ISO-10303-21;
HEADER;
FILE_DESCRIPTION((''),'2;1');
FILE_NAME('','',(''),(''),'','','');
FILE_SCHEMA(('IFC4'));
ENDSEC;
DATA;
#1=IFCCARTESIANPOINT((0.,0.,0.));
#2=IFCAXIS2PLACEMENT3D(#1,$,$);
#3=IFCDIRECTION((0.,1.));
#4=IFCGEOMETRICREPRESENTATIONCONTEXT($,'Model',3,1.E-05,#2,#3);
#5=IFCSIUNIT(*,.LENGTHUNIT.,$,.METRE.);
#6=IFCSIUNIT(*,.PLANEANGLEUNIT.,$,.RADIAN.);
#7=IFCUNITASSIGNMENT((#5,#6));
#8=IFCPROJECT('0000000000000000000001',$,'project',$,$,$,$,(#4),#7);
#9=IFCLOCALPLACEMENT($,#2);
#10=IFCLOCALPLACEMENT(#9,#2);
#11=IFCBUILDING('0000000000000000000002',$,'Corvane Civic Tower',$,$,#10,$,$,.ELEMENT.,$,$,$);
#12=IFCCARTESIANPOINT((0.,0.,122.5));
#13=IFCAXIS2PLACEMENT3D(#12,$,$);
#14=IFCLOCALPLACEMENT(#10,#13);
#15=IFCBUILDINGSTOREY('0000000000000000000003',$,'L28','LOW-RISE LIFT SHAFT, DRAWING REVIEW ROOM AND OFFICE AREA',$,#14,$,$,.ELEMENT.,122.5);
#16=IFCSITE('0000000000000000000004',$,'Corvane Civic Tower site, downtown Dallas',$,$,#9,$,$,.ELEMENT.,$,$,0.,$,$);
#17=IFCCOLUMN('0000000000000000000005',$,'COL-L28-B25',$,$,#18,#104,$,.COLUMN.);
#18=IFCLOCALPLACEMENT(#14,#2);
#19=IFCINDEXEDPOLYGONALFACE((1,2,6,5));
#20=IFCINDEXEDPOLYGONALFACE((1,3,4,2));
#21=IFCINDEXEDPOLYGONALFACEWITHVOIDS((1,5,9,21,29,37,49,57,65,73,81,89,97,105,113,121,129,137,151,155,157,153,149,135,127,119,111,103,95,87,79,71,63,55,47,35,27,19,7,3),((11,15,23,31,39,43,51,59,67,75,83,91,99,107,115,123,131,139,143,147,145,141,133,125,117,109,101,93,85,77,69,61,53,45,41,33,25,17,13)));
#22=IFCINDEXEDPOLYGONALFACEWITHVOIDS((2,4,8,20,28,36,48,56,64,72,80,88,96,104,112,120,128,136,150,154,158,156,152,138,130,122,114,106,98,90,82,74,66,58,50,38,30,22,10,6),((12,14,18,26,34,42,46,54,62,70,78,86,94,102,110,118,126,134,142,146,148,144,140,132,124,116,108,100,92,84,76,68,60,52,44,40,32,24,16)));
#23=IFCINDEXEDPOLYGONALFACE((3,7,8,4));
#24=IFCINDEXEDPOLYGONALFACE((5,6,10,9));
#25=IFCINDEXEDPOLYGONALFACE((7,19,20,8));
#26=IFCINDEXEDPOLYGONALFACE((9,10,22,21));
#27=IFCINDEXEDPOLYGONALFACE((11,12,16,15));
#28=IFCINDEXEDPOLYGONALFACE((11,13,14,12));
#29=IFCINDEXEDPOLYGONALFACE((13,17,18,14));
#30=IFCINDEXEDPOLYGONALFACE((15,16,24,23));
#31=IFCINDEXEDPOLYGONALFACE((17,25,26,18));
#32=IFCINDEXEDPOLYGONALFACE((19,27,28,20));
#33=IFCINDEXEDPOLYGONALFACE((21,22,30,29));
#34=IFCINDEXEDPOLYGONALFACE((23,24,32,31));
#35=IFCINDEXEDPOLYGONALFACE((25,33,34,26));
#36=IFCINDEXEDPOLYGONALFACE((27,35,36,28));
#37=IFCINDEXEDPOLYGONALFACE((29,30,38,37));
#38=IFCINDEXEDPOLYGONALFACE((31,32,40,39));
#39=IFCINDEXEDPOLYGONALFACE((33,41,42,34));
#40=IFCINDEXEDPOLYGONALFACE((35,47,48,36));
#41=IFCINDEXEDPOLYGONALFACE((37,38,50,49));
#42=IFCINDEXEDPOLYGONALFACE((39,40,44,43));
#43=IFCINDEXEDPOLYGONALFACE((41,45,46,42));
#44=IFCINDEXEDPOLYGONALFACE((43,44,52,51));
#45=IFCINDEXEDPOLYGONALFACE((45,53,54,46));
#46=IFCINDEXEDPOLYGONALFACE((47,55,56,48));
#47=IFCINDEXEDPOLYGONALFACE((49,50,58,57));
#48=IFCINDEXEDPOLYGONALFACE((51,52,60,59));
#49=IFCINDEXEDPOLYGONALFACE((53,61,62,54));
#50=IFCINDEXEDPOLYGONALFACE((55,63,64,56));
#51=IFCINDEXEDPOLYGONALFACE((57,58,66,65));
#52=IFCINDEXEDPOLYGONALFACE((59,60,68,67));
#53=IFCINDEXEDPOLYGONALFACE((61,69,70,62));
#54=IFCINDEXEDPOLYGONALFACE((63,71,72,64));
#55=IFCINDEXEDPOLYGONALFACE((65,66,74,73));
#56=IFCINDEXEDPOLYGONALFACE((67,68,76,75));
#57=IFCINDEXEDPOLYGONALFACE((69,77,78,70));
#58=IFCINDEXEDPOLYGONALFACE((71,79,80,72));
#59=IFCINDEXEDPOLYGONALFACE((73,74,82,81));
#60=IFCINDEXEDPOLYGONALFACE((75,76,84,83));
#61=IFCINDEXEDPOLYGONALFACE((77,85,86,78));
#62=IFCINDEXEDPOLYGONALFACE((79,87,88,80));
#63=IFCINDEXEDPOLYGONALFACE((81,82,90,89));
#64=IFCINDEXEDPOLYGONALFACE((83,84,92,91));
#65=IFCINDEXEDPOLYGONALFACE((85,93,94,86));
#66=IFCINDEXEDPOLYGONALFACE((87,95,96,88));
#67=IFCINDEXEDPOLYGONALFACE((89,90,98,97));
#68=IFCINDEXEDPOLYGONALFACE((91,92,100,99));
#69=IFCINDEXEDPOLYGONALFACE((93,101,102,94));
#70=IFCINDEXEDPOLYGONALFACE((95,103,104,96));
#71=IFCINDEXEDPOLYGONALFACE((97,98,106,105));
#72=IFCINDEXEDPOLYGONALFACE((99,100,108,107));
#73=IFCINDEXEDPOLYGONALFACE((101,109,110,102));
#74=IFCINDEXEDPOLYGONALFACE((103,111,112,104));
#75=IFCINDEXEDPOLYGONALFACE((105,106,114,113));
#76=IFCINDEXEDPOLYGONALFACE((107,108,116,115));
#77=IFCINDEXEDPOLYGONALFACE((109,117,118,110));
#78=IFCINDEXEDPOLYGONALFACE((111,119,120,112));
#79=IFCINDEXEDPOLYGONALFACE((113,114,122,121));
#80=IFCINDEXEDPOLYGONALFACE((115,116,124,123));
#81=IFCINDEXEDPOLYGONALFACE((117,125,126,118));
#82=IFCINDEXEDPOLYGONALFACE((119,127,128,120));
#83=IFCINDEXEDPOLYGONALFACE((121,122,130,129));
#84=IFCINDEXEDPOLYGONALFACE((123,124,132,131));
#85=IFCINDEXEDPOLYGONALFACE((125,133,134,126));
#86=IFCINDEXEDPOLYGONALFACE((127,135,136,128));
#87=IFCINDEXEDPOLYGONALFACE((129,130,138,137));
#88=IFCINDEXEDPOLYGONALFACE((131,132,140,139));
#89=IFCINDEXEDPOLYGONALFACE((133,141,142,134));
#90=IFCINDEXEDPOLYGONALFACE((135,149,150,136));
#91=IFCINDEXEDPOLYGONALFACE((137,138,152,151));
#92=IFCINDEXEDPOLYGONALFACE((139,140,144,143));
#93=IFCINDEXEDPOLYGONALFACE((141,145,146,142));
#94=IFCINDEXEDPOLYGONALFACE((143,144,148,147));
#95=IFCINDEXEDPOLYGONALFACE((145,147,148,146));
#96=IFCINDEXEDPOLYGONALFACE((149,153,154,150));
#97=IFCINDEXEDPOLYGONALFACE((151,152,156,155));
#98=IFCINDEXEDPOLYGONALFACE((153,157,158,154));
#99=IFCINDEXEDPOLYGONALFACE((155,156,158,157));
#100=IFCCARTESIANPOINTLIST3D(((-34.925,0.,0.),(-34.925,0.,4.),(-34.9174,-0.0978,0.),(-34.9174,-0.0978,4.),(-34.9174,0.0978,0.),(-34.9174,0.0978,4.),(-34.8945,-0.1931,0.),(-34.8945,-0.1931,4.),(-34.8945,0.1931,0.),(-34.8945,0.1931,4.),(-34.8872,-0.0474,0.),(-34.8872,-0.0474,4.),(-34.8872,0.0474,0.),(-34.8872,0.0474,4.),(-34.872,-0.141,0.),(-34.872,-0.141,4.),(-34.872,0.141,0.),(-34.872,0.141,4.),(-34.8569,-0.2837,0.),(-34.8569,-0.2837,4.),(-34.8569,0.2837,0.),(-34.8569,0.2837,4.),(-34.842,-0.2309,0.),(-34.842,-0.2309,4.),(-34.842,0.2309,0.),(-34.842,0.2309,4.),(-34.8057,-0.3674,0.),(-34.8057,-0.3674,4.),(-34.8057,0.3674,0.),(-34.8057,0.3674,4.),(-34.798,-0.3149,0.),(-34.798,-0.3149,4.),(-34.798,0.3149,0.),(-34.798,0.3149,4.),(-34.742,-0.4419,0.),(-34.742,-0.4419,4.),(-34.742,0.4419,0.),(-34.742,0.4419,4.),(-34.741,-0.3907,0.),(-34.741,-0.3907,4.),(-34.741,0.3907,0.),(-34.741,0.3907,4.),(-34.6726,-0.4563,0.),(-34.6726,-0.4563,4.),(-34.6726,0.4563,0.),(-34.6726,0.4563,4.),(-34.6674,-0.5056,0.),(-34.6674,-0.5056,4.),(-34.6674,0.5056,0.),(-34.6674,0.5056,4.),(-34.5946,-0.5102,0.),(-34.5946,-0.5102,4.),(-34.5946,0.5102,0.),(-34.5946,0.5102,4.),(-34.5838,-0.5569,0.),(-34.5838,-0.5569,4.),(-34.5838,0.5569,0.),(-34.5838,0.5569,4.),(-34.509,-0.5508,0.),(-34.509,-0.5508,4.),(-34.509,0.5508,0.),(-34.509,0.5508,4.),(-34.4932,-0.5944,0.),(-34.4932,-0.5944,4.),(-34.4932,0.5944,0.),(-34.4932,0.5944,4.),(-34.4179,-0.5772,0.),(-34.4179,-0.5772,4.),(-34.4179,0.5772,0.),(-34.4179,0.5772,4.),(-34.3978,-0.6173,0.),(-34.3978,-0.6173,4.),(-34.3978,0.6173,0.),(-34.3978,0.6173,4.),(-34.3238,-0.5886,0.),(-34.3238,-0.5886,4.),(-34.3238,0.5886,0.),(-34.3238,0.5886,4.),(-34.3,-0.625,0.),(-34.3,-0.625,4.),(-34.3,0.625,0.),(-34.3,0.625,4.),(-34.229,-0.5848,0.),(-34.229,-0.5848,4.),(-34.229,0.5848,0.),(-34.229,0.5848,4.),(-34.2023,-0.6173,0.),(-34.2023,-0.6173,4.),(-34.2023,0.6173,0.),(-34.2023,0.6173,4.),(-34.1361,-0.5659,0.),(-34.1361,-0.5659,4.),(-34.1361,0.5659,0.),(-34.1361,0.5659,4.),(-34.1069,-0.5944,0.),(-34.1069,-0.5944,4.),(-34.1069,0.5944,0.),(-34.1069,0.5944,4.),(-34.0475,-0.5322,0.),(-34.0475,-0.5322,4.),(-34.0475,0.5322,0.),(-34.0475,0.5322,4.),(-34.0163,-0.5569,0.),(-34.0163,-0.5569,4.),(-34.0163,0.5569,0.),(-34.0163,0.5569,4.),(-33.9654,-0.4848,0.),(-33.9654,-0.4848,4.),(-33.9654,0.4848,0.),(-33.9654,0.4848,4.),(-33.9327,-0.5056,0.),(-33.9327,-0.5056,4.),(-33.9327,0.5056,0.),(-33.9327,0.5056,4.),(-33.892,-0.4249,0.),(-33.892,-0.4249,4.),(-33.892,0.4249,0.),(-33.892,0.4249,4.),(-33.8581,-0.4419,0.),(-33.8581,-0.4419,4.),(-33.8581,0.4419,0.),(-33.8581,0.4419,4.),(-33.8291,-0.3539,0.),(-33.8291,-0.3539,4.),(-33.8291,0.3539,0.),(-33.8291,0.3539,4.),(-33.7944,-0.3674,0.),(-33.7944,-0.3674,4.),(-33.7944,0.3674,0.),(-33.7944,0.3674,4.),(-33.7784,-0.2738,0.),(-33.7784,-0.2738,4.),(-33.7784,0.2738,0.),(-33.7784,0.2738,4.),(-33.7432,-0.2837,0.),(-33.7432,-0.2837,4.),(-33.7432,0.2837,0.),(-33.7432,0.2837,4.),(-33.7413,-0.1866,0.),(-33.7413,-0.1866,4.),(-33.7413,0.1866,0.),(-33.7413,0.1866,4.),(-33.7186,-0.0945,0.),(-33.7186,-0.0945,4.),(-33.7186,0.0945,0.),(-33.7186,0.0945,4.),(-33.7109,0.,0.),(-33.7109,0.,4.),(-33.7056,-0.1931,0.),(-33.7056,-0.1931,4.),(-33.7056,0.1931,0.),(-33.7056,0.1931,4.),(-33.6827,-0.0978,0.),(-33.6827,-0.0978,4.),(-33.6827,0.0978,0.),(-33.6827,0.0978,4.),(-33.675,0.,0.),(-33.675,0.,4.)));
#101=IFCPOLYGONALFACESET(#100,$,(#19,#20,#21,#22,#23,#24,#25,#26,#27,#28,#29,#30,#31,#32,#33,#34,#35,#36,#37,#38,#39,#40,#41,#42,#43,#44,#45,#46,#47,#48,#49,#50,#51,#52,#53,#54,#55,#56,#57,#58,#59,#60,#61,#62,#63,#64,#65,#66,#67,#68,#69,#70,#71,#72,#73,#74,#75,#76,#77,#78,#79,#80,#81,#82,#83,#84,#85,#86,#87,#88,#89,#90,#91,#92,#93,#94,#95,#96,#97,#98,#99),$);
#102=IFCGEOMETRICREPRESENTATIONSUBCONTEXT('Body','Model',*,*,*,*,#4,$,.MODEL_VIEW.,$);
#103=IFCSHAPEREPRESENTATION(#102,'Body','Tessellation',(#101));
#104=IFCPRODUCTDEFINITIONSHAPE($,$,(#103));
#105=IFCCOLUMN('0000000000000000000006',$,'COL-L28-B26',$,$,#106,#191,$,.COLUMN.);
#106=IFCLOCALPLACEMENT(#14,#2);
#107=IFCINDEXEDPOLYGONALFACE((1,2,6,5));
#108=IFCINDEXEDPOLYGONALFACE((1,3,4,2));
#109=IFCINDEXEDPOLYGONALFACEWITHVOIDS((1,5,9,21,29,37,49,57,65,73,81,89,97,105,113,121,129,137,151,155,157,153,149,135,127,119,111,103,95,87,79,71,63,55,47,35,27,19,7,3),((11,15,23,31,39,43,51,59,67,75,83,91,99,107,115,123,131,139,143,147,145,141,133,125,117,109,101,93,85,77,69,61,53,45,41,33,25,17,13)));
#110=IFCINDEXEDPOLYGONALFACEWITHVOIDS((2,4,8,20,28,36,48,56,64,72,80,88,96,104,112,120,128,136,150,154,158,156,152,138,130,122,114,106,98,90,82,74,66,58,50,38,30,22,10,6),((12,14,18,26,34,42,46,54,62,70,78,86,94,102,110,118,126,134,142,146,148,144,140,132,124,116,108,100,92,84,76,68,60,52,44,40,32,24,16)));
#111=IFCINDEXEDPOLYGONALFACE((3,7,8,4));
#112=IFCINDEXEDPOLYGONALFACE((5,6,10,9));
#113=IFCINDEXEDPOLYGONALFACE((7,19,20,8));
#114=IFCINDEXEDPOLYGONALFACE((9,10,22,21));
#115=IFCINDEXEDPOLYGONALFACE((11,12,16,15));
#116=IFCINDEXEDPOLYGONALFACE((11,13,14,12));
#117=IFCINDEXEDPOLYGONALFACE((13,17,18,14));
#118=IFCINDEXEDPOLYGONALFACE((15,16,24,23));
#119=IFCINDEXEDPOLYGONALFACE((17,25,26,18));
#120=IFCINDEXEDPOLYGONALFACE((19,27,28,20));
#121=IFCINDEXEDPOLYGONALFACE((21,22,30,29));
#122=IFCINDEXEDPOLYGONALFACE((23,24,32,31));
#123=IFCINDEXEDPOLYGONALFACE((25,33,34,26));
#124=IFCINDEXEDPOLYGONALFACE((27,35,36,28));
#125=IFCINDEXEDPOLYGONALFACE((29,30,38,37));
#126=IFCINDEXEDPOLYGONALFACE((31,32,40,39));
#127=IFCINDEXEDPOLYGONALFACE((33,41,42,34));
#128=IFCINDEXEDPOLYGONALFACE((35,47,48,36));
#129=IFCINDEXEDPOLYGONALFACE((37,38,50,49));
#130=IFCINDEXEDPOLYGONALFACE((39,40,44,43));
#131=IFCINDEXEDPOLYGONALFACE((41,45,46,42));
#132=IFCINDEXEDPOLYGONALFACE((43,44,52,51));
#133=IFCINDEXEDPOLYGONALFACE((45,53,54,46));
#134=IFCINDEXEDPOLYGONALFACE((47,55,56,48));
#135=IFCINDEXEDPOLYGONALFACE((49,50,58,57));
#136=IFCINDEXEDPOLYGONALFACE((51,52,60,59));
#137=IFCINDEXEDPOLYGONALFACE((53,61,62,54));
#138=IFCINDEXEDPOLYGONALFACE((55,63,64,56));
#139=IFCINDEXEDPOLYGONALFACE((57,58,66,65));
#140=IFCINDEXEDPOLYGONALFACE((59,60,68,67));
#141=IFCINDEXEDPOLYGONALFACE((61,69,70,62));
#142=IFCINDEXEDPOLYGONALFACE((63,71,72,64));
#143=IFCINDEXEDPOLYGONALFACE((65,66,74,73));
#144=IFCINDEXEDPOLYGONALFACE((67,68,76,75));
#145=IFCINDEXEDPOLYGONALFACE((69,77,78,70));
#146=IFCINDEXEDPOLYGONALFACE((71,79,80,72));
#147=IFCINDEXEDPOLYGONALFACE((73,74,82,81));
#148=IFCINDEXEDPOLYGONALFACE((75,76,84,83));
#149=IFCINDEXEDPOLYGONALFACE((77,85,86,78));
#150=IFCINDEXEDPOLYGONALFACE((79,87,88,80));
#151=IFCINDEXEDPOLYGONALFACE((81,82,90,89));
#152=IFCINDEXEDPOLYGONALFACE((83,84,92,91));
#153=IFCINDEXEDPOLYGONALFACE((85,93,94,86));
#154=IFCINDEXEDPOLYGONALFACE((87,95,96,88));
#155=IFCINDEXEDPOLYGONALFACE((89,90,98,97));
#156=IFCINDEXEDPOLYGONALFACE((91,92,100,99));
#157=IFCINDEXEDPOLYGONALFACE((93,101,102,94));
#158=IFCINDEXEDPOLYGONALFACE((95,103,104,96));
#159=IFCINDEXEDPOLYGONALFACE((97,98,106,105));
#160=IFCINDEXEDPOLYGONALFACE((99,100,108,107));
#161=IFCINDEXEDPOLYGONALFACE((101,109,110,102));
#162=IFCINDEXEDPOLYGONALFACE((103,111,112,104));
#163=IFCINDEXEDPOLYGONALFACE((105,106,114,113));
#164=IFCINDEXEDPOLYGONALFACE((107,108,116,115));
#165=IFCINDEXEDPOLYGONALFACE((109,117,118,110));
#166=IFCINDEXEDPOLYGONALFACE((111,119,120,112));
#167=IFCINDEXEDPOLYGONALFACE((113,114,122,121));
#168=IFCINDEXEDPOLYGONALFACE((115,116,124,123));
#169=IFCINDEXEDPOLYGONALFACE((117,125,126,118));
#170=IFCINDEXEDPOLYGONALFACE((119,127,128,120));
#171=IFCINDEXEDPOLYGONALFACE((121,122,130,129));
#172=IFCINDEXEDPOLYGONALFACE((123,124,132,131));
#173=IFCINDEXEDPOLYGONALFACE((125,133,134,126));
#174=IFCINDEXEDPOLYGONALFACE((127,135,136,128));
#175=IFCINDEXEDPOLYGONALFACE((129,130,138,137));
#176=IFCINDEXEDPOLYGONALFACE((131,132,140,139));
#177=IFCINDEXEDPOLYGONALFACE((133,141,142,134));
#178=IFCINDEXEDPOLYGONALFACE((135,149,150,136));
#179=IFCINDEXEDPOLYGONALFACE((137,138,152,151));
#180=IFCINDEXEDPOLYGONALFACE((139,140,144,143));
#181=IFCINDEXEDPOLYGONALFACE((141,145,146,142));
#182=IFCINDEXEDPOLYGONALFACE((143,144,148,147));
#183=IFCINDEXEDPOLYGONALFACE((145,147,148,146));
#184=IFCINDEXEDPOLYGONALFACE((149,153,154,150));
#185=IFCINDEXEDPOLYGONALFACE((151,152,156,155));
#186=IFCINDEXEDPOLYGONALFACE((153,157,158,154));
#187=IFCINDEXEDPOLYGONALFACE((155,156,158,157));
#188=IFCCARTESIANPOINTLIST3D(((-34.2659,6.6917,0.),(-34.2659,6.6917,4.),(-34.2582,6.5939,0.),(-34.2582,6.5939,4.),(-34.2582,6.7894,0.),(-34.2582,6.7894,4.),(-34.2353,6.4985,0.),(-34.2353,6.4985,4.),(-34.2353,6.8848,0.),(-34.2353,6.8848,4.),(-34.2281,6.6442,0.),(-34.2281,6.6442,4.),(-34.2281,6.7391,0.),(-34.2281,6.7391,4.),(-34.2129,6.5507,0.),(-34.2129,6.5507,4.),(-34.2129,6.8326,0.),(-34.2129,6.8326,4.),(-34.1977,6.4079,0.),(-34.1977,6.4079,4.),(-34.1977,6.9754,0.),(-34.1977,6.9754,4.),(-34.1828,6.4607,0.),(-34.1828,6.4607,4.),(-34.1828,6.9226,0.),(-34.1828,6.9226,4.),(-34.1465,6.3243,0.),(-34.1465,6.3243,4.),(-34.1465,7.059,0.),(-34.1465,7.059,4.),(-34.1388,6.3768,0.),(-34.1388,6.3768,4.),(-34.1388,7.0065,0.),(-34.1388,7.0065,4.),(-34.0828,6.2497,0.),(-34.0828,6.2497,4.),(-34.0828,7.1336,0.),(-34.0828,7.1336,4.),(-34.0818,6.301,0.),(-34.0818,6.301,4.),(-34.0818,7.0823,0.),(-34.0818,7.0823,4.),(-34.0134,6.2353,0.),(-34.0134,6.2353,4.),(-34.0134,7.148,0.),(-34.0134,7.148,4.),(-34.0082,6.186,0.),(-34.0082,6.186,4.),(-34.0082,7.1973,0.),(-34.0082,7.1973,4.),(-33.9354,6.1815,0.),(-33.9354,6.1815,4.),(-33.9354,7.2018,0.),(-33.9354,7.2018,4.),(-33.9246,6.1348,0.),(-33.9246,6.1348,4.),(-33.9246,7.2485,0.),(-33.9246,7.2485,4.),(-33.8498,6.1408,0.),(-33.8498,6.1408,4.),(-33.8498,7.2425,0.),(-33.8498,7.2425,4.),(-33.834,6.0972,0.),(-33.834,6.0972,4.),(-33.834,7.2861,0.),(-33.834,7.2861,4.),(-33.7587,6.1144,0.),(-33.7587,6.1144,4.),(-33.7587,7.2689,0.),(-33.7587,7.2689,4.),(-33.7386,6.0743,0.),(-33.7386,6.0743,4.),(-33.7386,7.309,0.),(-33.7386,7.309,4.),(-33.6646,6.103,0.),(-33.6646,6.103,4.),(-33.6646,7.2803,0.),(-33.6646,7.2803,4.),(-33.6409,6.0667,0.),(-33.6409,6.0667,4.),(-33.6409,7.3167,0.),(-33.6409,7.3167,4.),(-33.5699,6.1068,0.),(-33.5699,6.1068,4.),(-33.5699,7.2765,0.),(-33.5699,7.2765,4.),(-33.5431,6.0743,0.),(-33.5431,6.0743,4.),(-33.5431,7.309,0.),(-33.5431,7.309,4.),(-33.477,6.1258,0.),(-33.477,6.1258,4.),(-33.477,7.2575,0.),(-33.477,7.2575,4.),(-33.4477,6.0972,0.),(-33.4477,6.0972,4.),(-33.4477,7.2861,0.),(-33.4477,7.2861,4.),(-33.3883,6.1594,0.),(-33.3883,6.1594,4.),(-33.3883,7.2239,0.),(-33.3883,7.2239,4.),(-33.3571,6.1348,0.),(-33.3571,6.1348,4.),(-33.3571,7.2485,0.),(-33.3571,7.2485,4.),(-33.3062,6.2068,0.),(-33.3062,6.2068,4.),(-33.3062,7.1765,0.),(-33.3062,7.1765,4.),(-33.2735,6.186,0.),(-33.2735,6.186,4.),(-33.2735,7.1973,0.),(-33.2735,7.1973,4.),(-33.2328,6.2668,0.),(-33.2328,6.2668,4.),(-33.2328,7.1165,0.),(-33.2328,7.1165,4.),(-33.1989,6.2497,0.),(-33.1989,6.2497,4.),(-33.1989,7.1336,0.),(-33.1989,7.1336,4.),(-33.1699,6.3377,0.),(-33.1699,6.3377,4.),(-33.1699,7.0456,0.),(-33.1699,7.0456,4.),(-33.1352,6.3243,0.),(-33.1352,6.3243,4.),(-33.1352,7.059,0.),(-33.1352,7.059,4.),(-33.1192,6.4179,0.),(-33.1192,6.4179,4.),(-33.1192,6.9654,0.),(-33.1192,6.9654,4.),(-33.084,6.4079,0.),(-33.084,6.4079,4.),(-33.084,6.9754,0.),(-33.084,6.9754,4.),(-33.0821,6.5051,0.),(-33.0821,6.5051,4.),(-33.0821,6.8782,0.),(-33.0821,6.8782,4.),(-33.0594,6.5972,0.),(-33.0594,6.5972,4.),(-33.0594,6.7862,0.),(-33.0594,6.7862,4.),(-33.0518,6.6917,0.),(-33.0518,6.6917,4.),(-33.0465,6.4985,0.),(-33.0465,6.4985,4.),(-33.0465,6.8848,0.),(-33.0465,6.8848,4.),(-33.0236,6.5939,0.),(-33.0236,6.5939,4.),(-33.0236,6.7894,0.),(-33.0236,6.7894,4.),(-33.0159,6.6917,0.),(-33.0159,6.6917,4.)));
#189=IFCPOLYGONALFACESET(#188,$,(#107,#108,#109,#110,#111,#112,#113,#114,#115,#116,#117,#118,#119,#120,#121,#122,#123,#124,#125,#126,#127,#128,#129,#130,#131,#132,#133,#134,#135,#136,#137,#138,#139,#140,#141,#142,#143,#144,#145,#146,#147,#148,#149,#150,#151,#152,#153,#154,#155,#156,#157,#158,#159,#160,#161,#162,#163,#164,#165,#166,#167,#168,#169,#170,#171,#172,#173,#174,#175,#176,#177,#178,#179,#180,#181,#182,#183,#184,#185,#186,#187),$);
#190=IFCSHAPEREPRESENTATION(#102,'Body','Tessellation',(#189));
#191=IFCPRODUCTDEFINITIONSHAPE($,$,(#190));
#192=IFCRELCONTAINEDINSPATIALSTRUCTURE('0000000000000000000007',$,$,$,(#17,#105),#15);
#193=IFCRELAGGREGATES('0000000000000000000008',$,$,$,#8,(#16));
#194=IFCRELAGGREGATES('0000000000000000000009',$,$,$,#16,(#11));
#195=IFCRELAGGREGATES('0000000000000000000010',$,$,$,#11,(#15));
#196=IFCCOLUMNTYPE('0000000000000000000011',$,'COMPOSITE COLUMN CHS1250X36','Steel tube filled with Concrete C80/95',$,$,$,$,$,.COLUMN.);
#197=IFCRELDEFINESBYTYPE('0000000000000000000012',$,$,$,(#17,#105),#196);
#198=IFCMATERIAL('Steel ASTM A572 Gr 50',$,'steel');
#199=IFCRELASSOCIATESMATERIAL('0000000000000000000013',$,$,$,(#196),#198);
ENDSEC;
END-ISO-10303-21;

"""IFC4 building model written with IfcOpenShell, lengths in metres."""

from ifc_helpers import new_model, si_unit, direction, frame, origin, origin_2d, place, context, subcontext, project, spatial, hollow_circle, extrude, material, material_profile, profile_set, type_object, element, save


model = new_model("IFC4")

# Units and contexts
model_context = context("Model", 3, precision=1e-05, world=origin(), true_north=direction((0.0, 1.0)))
body_context = subcontext(model_context, "Body", "Model", "MODEL_VIEW")
ifc_project = project(units=[si_unit("LENGTHUNIT", "METRE"), si_unit("PLANEANGLEUNIT", "RADIAN")], contexts=[model_context])

# Site, building, storey
site_placement = place(None, origin())
site = spatial("IfcSite", under=ifc_project, at=site_placement, Name="Corvane Civic Tower site, downtown Dallas", CompositionType="ELEMENT", RefElevation=0.0)
building_placement = place(site_placement, origin())
building = spatial("IfcBuilding", under=site, at=building_placement, Name="Corvane Civic Tower", CompositionType="ELEMENT")
storey_placement = place(building_placement, frame((0.0, 0.0, 122.5)))
storey = spatial("IfcBuildingStorey", under=building, at=storey_placement, Name="L28", Description="LOW-RISE LIFT SHAFT, DRAWING REVIEW ROOM AND OFFICE AREA", CompositionType="ELEMENT", Elevation=122.5)

# Columns
ifc_material_1 = material(Name="Steel ASTM A572 Gr 50", Category="steel")
ifc_material_profile_1 = material_profile(ifc_material_1, hollow_circle(Radius=0.625, WallThickness=0.0359, at=origin_2d()), Name="CHS1250X36")
ifc_profile_set_1 = profile_set([ifc_material_profile_1], Name="Steel ASTM A572 Gr 50")
column_type = type_object("IfcColumnType", Name="COMPOSITE COLUMN CHS1250X36", Description="Steel tube filled with Concrete C80/95", PredefinedType="COLUMN", material=ifc_profile_set_1)
for number, where, z_axis, x_axis, name in (
    (1, (-34.3, 0.0, 0.0), (0.0, 0.0, 1.0), (1.0, 0.0, 0.0), "COL-L28-B25"),
    (2, (-33.6409, 6.6917, 0.0), (0.0, 0.0, 1.0), (1.0, 0.0, 0.0), "COL-L28-B26"),
):
    element("IfcColumn", number, at=place(storey_placement, frame(where, z_axis=z_axis, x_axis=x_axis)), inside=storey, type_object=column_type, Name=name, PredefinedType="COLUMN", context=body_context, shape_type="SweptSolid", body=[
        extrude(hollow_circle(Radius=0.625, WallThickness=0.0359, at=origin_2d()), origin(), (0.0, 0.0, 1.0), 4.0),
    ])

save(model, "model.ifc")
